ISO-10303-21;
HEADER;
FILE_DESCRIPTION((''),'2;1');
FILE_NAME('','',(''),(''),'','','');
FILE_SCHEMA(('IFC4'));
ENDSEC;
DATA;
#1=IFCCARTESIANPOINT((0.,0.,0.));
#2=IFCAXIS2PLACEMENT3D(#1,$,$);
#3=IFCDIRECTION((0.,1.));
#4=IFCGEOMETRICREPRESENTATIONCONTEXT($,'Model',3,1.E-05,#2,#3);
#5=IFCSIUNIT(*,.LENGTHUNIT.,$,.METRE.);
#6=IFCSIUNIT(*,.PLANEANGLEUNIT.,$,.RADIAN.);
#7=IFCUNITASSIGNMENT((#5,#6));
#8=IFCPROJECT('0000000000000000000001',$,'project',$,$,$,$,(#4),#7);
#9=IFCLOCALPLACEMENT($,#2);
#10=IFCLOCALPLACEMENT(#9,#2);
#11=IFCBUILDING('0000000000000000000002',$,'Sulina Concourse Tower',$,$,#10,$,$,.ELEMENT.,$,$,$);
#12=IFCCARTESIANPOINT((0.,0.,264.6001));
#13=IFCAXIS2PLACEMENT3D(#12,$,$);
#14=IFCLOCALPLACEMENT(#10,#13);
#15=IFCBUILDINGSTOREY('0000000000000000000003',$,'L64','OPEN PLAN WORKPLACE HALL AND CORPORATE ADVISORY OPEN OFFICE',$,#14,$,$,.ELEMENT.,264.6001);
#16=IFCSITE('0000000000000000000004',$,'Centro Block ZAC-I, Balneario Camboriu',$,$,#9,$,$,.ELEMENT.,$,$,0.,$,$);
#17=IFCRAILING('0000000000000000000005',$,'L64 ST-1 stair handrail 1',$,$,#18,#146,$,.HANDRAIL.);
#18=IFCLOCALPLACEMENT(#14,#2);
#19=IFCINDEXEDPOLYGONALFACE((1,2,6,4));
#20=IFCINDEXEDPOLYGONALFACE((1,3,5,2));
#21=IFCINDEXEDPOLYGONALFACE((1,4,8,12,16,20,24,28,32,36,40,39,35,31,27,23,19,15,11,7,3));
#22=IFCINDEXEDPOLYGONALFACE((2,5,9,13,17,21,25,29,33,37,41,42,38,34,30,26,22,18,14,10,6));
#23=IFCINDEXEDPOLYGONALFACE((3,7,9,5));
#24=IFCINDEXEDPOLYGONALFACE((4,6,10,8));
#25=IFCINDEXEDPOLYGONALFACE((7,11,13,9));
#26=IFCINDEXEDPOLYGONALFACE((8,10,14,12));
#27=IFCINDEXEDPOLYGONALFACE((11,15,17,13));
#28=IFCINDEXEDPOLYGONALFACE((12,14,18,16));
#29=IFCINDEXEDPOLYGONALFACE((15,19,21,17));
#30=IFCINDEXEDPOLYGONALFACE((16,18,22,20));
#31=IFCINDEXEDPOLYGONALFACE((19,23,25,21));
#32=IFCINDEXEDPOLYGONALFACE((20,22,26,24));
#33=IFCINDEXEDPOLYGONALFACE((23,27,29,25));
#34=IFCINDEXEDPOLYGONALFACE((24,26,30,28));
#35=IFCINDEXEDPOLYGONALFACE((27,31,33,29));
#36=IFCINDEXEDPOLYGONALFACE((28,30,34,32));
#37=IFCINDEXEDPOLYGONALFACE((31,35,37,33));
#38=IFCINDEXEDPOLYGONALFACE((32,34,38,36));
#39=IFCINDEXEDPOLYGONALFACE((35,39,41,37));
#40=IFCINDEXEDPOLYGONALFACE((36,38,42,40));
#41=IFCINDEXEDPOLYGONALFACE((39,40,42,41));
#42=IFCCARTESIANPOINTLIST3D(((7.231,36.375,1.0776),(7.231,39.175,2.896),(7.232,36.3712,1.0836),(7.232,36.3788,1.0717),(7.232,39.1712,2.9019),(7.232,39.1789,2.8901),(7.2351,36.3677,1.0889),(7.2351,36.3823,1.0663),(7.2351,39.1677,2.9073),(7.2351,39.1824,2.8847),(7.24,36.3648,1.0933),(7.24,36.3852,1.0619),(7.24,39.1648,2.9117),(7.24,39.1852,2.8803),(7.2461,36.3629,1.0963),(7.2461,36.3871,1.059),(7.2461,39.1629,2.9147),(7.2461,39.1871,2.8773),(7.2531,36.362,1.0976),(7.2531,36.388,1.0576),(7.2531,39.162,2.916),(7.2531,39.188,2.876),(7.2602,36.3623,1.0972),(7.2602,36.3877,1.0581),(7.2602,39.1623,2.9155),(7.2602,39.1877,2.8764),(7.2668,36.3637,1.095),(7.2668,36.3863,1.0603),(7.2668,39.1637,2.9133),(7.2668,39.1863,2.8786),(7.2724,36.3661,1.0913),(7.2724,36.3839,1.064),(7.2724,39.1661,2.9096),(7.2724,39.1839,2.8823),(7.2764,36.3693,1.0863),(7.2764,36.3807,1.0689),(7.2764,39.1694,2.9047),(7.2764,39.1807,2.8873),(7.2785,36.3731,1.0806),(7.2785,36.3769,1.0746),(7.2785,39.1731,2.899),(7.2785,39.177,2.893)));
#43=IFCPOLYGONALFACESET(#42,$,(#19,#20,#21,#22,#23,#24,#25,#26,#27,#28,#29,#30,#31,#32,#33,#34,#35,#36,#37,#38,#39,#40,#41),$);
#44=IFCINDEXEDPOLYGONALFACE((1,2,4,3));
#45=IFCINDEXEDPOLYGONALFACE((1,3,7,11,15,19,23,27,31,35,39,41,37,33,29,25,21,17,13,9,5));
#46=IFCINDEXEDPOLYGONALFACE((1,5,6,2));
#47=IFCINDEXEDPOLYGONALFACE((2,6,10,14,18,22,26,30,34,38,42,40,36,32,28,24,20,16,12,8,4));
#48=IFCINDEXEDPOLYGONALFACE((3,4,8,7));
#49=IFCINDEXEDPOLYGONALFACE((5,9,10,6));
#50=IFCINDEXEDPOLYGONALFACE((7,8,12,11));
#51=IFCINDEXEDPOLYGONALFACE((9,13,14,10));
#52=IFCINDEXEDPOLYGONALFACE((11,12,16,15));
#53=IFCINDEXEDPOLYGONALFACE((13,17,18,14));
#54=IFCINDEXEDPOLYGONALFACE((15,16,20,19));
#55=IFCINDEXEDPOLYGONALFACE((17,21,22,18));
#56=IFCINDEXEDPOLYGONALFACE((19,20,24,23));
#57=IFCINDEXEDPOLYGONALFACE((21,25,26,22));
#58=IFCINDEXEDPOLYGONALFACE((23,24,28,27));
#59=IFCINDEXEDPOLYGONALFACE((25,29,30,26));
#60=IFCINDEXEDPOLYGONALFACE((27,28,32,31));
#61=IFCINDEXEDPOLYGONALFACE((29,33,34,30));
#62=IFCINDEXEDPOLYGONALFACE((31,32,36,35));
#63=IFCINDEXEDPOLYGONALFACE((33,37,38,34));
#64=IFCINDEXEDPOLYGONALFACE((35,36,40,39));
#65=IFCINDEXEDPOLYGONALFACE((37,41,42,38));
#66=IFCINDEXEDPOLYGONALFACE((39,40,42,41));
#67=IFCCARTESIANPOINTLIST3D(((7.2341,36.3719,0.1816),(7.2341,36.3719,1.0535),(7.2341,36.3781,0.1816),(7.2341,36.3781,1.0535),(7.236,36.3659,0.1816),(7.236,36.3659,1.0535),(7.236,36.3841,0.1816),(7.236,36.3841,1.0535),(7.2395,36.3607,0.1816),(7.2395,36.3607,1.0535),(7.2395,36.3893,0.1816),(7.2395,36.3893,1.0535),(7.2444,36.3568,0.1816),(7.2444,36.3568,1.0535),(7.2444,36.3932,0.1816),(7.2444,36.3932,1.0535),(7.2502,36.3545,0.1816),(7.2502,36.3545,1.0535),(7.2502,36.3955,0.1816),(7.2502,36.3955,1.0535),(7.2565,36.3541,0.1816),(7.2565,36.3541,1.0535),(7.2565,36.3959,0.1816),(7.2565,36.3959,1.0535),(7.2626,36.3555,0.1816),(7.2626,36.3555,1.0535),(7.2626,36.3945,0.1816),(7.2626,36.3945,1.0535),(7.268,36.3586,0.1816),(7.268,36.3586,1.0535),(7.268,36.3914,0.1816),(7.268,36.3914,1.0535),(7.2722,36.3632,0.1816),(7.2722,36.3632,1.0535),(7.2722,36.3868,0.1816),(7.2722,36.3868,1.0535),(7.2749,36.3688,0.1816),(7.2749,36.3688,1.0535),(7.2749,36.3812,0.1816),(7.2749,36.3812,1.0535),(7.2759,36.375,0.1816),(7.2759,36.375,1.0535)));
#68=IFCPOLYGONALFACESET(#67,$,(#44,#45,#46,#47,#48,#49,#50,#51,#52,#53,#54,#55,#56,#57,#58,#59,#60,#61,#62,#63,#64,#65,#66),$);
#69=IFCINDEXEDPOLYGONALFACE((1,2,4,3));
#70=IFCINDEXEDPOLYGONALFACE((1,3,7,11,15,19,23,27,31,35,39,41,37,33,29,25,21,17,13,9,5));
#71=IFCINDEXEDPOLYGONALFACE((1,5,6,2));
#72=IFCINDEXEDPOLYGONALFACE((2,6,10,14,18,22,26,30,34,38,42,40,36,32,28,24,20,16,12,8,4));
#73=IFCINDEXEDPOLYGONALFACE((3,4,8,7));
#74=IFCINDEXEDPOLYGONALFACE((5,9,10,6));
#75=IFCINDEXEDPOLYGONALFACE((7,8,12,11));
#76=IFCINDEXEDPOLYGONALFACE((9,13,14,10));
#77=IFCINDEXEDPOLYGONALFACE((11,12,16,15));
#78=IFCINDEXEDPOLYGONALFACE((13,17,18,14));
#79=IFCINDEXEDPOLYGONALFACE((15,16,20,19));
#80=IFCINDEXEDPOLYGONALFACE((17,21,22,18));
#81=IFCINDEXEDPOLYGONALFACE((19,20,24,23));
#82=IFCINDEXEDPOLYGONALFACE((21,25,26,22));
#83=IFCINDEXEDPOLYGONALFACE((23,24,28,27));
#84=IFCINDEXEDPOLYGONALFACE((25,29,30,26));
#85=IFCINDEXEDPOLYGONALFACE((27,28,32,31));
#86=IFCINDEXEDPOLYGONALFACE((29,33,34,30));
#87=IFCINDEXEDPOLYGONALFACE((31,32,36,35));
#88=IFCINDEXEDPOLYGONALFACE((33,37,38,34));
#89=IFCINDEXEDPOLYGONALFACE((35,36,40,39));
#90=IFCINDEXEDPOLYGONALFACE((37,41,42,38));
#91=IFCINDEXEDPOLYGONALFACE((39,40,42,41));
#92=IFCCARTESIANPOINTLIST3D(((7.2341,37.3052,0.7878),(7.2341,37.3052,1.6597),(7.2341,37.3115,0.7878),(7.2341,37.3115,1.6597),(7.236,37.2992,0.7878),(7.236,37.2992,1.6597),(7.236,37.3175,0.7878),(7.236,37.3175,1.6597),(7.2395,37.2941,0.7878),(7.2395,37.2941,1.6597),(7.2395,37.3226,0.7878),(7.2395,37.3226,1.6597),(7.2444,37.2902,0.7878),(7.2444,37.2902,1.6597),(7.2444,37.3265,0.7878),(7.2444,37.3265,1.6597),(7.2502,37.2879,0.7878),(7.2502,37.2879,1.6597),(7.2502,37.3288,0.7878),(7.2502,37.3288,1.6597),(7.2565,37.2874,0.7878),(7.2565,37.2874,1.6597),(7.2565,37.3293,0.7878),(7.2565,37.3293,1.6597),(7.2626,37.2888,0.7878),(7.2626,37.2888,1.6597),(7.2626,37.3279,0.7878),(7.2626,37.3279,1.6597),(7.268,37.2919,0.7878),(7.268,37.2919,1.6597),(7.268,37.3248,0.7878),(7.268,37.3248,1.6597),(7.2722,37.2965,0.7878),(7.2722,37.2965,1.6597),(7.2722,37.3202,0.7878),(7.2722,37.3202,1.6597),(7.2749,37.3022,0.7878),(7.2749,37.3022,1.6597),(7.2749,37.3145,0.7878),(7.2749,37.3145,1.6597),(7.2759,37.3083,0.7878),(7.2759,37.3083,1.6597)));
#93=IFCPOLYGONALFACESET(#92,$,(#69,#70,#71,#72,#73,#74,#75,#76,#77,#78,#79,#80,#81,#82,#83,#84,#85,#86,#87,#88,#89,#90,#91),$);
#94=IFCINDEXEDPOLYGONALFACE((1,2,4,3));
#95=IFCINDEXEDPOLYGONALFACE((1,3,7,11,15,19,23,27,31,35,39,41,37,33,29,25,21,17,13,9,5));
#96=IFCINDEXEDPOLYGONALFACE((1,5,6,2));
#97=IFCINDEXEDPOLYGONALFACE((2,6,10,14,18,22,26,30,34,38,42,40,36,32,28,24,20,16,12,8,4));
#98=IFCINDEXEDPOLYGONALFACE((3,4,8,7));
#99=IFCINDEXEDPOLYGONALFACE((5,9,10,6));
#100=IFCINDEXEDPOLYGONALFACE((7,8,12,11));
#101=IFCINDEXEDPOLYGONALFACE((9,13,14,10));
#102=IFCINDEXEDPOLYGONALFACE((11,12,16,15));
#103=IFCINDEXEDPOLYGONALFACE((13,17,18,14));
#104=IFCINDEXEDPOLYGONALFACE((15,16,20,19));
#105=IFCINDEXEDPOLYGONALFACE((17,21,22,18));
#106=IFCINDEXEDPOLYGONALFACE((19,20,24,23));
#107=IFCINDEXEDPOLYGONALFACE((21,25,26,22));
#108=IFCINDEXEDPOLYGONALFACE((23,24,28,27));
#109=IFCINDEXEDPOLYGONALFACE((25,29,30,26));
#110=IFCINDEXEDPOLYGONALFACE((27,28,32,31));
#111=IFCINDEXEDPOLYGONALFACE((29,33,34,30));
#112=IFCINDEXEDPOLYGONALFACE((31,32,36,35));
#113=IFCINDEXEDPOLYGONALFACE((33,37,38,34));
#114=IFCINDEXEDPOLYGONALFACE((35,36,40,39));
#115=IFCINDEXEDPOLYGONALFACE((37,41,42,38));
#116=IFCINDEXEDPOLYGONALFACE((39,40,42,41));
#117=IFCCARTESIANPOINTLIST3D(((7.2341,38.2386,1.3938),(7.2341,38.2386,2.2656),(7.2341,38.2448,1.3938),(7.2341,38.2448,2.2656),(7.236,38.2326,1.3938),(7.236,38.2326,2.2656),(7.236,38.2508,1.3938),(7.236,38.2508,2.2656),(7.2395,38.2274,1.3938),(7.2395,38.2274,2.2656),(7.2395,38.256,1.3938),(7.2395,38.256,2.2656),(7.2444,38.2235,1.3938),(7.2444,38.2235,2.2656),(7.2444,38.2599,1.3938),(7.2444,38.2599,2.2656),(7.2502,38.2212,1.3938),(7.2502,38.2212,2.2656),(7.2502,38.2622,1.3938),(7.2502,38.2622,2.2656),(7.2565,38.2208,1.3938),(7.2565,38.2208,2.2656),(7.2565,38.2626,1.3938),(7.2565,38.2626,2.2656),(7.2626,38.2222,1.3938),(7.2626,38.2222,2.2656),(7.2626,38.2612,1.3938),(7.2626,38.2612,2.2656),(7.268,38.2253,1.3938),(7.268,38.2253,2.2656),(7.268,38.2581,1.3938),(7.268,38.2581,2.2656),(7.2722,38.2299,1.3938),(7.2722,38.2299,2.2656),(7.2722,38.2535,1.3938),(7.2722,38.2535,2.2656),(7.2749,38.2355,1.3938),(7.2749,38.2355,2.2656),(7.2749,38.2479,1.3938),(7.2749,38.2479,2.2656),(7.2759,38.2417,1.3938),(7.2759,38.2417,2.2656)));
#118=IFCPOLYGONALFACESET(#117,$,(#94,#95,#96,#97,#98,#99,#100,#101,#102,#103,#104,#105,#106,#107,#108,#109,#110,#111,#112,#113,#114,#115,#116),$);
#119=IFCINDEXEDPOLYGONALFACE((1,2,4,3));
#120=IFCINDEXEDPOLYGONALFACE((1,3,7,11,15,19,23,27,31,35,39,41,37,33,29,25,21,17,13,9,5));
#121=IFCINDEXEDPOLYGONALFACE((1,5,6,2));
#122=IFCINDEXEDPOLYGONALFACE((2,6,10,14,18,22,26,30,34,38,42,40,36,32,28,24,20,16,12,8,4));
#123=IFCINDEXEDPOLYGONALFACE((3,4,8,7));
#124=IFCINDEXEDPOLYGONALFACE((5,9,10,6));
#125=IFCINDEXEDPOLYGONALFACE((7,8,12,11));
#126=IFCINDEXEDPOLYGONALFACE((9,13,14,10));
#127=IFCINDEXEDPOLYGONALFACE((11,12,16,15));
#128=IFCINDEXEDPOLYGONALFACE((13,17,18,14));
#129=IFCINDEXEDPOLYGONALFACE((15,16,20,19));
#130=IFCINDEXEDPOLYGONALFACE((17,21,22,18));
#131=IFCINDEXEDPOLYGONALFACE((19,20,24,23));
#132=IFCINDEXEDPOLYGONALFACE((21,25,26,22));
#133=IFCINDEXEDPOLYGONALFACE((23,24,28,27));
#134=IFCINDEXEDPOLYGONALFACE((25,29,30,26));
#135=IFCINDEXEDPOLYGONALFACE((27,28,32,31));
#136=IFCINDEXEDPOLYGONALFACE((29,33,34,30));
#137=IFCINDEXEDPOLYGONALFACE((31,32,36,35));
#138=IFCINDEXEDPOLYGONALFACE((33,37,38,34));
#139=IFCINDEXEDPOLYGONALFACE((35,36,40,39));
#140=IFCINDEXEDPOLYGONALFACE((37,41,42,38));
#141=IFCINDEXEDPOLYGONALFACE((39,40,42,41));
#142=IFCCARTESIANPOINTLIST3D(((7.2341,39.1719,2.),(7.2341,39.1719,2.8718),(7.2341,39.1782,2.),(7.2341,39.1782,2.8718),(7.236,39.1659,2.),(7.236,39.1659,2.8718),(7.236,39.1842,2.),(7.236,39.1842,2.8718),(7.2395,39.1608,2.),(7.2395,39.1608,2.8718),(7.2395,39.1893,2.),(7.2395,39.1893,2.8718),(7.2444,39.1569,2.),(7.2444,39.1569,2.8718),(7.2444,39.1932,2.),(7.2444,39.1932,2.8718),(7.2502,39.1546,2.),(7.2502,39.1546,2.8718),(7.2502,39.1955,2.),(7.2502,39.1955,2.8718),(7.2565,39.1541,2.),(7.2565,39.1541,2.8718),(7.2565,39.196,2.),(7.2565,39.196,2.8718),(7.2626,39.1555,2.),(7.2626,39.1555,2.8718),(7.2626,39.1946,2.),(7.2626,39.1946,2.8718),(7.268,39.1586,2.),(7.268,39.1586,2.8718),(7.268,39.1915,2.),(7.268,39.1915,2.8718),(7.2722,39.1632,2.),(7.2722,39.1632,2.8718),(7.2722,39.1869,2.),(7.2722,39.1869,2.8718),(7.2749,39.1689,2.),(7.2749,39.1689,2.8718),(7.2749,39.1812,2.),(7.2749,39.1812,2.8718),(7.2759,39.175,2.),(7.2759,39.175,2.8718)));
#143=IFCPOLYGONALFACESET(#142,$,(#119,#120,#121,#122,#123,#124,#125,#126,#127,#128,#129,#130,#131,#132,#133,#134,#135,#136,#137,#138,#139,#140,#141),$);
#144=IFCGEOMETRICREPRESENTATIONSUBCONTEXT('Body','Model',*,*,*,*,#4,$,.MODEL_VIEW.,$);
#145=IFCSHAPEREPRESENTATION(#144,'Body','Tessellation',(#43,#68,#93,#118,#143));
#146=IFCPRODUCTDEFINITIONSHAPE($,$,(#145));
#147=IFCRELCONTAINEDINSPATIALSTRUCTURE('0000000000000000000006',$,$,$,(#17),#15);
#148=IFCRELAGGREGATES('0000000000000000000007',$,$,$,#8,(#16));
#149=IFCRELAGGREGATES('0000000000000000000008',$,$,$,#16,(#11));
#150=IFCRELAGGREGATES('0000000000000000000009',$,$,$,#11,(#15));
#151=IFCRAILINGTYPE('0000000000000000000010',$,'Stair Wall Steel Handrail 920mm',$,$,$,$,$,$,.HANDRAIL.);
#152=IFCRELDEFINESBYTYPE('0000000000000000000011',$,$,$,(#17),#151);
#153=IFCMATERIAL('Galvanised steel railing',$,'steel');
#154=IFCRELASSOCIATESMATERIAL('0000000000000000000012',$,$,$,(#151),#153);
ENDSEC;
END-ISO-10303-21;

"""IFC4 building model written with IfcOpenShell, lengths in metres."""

from ifc_helpers import new_model, si_unit, direction, frame, origin, origin_2d, place, context, subcontext, project, spatial, circle, extrude, material, type_object, element, save


model = new_model("IFC4")

# Units and contexts
model_context = context("Model", 3, precision=1e-05, world=origin(), true_north=direction((0.0, 1.0)))
body_context = subcontext(model_context, "Body", "Model", "MODEL_VIEW")
ifc_project = project(units=[si_unit("LENGTHUNIT", "METRE"), si_unit("PLANEANGLEUNIT", "RADIAN")], contexts=[model_context])

# Site, building, storey
site_placement = place(None, origin())
site = spatial("IfcSite", under=ifc_project, at=site_placement, Name="Centro Block ZAC-I, Balneario Camboriu", CompositionType="ELEMENT", RefElevation=0.0)
building_placement = place(site_placement, origin())
building = spatial("IfcBuilding", under=site, at=building_placement, Name="Sulina Concourse Tower", CompositionType="ELEMENT")
storey_placement = place(building_placement, frame((0.0, 0.0, 264.6001)))
storey = spatial("IfcBuildingStorey", under=building, at=storey_placement, Name="L64", Description="OPEN PLAN WORKPLACE HALL AND CORPORATE ADVISORY OPEN OFFICE", CompositionType="ELEMENT", Elevation=264.6001)

# Railing
ifc_material_1 = material(Name="Galvanised steel railing", Category="steel")
railing_type_1 = type_object("IfcRailingType", Name="Stair Wall Steel Handrail 920mm", PredefinedType="HANDRAIL", material=ifc_material_1)
railing_1_placement = place(storey_placement, frame((7.2549, 36.375, 0.1816)))
element("IfcRailing", 1, at=railing_1_placement, inside=storey, type_object=railing_type_1, Name="L64 ST-1 stair handrail 1", PredefinedType="HANDRAIL", context=body_context, shape_type="SweptSolid", body=[
    extrude(circle(Radius=0.0239, at=origin_2d()), frame((0.0, 0.0, 0.896), z_axis=(0.0, 0.838672, 0.544636), x_axis=(-1.0, 0.0, 0.0)), (0.0, 0.0, 1.0), 3.3386),
    extrude(circle(Radius=0.021, at=origin_2d()), origin(), (0.0, 0.0, 1.0), 0.8718),
    extrude(circle(Radius=0.021, at=origin_2d()), frame((0.0, 0.9333, 0.6062)), (0.0, 0.0, 1.0), 0.8718),
    extrude(circle(Radius=0.021, at=origin_2d()), frame((0.0, 1.8667, 1.2122)), (0.0, 0.0, 1.0), 0.8718),
    extrude(circle(Radius=0.021, at=origin_2d()), frame((0.0, 2.8, 1.8184)), (0.0, 0.0, 1.0), 0.8718),
])

save(model, "model.ifc")
